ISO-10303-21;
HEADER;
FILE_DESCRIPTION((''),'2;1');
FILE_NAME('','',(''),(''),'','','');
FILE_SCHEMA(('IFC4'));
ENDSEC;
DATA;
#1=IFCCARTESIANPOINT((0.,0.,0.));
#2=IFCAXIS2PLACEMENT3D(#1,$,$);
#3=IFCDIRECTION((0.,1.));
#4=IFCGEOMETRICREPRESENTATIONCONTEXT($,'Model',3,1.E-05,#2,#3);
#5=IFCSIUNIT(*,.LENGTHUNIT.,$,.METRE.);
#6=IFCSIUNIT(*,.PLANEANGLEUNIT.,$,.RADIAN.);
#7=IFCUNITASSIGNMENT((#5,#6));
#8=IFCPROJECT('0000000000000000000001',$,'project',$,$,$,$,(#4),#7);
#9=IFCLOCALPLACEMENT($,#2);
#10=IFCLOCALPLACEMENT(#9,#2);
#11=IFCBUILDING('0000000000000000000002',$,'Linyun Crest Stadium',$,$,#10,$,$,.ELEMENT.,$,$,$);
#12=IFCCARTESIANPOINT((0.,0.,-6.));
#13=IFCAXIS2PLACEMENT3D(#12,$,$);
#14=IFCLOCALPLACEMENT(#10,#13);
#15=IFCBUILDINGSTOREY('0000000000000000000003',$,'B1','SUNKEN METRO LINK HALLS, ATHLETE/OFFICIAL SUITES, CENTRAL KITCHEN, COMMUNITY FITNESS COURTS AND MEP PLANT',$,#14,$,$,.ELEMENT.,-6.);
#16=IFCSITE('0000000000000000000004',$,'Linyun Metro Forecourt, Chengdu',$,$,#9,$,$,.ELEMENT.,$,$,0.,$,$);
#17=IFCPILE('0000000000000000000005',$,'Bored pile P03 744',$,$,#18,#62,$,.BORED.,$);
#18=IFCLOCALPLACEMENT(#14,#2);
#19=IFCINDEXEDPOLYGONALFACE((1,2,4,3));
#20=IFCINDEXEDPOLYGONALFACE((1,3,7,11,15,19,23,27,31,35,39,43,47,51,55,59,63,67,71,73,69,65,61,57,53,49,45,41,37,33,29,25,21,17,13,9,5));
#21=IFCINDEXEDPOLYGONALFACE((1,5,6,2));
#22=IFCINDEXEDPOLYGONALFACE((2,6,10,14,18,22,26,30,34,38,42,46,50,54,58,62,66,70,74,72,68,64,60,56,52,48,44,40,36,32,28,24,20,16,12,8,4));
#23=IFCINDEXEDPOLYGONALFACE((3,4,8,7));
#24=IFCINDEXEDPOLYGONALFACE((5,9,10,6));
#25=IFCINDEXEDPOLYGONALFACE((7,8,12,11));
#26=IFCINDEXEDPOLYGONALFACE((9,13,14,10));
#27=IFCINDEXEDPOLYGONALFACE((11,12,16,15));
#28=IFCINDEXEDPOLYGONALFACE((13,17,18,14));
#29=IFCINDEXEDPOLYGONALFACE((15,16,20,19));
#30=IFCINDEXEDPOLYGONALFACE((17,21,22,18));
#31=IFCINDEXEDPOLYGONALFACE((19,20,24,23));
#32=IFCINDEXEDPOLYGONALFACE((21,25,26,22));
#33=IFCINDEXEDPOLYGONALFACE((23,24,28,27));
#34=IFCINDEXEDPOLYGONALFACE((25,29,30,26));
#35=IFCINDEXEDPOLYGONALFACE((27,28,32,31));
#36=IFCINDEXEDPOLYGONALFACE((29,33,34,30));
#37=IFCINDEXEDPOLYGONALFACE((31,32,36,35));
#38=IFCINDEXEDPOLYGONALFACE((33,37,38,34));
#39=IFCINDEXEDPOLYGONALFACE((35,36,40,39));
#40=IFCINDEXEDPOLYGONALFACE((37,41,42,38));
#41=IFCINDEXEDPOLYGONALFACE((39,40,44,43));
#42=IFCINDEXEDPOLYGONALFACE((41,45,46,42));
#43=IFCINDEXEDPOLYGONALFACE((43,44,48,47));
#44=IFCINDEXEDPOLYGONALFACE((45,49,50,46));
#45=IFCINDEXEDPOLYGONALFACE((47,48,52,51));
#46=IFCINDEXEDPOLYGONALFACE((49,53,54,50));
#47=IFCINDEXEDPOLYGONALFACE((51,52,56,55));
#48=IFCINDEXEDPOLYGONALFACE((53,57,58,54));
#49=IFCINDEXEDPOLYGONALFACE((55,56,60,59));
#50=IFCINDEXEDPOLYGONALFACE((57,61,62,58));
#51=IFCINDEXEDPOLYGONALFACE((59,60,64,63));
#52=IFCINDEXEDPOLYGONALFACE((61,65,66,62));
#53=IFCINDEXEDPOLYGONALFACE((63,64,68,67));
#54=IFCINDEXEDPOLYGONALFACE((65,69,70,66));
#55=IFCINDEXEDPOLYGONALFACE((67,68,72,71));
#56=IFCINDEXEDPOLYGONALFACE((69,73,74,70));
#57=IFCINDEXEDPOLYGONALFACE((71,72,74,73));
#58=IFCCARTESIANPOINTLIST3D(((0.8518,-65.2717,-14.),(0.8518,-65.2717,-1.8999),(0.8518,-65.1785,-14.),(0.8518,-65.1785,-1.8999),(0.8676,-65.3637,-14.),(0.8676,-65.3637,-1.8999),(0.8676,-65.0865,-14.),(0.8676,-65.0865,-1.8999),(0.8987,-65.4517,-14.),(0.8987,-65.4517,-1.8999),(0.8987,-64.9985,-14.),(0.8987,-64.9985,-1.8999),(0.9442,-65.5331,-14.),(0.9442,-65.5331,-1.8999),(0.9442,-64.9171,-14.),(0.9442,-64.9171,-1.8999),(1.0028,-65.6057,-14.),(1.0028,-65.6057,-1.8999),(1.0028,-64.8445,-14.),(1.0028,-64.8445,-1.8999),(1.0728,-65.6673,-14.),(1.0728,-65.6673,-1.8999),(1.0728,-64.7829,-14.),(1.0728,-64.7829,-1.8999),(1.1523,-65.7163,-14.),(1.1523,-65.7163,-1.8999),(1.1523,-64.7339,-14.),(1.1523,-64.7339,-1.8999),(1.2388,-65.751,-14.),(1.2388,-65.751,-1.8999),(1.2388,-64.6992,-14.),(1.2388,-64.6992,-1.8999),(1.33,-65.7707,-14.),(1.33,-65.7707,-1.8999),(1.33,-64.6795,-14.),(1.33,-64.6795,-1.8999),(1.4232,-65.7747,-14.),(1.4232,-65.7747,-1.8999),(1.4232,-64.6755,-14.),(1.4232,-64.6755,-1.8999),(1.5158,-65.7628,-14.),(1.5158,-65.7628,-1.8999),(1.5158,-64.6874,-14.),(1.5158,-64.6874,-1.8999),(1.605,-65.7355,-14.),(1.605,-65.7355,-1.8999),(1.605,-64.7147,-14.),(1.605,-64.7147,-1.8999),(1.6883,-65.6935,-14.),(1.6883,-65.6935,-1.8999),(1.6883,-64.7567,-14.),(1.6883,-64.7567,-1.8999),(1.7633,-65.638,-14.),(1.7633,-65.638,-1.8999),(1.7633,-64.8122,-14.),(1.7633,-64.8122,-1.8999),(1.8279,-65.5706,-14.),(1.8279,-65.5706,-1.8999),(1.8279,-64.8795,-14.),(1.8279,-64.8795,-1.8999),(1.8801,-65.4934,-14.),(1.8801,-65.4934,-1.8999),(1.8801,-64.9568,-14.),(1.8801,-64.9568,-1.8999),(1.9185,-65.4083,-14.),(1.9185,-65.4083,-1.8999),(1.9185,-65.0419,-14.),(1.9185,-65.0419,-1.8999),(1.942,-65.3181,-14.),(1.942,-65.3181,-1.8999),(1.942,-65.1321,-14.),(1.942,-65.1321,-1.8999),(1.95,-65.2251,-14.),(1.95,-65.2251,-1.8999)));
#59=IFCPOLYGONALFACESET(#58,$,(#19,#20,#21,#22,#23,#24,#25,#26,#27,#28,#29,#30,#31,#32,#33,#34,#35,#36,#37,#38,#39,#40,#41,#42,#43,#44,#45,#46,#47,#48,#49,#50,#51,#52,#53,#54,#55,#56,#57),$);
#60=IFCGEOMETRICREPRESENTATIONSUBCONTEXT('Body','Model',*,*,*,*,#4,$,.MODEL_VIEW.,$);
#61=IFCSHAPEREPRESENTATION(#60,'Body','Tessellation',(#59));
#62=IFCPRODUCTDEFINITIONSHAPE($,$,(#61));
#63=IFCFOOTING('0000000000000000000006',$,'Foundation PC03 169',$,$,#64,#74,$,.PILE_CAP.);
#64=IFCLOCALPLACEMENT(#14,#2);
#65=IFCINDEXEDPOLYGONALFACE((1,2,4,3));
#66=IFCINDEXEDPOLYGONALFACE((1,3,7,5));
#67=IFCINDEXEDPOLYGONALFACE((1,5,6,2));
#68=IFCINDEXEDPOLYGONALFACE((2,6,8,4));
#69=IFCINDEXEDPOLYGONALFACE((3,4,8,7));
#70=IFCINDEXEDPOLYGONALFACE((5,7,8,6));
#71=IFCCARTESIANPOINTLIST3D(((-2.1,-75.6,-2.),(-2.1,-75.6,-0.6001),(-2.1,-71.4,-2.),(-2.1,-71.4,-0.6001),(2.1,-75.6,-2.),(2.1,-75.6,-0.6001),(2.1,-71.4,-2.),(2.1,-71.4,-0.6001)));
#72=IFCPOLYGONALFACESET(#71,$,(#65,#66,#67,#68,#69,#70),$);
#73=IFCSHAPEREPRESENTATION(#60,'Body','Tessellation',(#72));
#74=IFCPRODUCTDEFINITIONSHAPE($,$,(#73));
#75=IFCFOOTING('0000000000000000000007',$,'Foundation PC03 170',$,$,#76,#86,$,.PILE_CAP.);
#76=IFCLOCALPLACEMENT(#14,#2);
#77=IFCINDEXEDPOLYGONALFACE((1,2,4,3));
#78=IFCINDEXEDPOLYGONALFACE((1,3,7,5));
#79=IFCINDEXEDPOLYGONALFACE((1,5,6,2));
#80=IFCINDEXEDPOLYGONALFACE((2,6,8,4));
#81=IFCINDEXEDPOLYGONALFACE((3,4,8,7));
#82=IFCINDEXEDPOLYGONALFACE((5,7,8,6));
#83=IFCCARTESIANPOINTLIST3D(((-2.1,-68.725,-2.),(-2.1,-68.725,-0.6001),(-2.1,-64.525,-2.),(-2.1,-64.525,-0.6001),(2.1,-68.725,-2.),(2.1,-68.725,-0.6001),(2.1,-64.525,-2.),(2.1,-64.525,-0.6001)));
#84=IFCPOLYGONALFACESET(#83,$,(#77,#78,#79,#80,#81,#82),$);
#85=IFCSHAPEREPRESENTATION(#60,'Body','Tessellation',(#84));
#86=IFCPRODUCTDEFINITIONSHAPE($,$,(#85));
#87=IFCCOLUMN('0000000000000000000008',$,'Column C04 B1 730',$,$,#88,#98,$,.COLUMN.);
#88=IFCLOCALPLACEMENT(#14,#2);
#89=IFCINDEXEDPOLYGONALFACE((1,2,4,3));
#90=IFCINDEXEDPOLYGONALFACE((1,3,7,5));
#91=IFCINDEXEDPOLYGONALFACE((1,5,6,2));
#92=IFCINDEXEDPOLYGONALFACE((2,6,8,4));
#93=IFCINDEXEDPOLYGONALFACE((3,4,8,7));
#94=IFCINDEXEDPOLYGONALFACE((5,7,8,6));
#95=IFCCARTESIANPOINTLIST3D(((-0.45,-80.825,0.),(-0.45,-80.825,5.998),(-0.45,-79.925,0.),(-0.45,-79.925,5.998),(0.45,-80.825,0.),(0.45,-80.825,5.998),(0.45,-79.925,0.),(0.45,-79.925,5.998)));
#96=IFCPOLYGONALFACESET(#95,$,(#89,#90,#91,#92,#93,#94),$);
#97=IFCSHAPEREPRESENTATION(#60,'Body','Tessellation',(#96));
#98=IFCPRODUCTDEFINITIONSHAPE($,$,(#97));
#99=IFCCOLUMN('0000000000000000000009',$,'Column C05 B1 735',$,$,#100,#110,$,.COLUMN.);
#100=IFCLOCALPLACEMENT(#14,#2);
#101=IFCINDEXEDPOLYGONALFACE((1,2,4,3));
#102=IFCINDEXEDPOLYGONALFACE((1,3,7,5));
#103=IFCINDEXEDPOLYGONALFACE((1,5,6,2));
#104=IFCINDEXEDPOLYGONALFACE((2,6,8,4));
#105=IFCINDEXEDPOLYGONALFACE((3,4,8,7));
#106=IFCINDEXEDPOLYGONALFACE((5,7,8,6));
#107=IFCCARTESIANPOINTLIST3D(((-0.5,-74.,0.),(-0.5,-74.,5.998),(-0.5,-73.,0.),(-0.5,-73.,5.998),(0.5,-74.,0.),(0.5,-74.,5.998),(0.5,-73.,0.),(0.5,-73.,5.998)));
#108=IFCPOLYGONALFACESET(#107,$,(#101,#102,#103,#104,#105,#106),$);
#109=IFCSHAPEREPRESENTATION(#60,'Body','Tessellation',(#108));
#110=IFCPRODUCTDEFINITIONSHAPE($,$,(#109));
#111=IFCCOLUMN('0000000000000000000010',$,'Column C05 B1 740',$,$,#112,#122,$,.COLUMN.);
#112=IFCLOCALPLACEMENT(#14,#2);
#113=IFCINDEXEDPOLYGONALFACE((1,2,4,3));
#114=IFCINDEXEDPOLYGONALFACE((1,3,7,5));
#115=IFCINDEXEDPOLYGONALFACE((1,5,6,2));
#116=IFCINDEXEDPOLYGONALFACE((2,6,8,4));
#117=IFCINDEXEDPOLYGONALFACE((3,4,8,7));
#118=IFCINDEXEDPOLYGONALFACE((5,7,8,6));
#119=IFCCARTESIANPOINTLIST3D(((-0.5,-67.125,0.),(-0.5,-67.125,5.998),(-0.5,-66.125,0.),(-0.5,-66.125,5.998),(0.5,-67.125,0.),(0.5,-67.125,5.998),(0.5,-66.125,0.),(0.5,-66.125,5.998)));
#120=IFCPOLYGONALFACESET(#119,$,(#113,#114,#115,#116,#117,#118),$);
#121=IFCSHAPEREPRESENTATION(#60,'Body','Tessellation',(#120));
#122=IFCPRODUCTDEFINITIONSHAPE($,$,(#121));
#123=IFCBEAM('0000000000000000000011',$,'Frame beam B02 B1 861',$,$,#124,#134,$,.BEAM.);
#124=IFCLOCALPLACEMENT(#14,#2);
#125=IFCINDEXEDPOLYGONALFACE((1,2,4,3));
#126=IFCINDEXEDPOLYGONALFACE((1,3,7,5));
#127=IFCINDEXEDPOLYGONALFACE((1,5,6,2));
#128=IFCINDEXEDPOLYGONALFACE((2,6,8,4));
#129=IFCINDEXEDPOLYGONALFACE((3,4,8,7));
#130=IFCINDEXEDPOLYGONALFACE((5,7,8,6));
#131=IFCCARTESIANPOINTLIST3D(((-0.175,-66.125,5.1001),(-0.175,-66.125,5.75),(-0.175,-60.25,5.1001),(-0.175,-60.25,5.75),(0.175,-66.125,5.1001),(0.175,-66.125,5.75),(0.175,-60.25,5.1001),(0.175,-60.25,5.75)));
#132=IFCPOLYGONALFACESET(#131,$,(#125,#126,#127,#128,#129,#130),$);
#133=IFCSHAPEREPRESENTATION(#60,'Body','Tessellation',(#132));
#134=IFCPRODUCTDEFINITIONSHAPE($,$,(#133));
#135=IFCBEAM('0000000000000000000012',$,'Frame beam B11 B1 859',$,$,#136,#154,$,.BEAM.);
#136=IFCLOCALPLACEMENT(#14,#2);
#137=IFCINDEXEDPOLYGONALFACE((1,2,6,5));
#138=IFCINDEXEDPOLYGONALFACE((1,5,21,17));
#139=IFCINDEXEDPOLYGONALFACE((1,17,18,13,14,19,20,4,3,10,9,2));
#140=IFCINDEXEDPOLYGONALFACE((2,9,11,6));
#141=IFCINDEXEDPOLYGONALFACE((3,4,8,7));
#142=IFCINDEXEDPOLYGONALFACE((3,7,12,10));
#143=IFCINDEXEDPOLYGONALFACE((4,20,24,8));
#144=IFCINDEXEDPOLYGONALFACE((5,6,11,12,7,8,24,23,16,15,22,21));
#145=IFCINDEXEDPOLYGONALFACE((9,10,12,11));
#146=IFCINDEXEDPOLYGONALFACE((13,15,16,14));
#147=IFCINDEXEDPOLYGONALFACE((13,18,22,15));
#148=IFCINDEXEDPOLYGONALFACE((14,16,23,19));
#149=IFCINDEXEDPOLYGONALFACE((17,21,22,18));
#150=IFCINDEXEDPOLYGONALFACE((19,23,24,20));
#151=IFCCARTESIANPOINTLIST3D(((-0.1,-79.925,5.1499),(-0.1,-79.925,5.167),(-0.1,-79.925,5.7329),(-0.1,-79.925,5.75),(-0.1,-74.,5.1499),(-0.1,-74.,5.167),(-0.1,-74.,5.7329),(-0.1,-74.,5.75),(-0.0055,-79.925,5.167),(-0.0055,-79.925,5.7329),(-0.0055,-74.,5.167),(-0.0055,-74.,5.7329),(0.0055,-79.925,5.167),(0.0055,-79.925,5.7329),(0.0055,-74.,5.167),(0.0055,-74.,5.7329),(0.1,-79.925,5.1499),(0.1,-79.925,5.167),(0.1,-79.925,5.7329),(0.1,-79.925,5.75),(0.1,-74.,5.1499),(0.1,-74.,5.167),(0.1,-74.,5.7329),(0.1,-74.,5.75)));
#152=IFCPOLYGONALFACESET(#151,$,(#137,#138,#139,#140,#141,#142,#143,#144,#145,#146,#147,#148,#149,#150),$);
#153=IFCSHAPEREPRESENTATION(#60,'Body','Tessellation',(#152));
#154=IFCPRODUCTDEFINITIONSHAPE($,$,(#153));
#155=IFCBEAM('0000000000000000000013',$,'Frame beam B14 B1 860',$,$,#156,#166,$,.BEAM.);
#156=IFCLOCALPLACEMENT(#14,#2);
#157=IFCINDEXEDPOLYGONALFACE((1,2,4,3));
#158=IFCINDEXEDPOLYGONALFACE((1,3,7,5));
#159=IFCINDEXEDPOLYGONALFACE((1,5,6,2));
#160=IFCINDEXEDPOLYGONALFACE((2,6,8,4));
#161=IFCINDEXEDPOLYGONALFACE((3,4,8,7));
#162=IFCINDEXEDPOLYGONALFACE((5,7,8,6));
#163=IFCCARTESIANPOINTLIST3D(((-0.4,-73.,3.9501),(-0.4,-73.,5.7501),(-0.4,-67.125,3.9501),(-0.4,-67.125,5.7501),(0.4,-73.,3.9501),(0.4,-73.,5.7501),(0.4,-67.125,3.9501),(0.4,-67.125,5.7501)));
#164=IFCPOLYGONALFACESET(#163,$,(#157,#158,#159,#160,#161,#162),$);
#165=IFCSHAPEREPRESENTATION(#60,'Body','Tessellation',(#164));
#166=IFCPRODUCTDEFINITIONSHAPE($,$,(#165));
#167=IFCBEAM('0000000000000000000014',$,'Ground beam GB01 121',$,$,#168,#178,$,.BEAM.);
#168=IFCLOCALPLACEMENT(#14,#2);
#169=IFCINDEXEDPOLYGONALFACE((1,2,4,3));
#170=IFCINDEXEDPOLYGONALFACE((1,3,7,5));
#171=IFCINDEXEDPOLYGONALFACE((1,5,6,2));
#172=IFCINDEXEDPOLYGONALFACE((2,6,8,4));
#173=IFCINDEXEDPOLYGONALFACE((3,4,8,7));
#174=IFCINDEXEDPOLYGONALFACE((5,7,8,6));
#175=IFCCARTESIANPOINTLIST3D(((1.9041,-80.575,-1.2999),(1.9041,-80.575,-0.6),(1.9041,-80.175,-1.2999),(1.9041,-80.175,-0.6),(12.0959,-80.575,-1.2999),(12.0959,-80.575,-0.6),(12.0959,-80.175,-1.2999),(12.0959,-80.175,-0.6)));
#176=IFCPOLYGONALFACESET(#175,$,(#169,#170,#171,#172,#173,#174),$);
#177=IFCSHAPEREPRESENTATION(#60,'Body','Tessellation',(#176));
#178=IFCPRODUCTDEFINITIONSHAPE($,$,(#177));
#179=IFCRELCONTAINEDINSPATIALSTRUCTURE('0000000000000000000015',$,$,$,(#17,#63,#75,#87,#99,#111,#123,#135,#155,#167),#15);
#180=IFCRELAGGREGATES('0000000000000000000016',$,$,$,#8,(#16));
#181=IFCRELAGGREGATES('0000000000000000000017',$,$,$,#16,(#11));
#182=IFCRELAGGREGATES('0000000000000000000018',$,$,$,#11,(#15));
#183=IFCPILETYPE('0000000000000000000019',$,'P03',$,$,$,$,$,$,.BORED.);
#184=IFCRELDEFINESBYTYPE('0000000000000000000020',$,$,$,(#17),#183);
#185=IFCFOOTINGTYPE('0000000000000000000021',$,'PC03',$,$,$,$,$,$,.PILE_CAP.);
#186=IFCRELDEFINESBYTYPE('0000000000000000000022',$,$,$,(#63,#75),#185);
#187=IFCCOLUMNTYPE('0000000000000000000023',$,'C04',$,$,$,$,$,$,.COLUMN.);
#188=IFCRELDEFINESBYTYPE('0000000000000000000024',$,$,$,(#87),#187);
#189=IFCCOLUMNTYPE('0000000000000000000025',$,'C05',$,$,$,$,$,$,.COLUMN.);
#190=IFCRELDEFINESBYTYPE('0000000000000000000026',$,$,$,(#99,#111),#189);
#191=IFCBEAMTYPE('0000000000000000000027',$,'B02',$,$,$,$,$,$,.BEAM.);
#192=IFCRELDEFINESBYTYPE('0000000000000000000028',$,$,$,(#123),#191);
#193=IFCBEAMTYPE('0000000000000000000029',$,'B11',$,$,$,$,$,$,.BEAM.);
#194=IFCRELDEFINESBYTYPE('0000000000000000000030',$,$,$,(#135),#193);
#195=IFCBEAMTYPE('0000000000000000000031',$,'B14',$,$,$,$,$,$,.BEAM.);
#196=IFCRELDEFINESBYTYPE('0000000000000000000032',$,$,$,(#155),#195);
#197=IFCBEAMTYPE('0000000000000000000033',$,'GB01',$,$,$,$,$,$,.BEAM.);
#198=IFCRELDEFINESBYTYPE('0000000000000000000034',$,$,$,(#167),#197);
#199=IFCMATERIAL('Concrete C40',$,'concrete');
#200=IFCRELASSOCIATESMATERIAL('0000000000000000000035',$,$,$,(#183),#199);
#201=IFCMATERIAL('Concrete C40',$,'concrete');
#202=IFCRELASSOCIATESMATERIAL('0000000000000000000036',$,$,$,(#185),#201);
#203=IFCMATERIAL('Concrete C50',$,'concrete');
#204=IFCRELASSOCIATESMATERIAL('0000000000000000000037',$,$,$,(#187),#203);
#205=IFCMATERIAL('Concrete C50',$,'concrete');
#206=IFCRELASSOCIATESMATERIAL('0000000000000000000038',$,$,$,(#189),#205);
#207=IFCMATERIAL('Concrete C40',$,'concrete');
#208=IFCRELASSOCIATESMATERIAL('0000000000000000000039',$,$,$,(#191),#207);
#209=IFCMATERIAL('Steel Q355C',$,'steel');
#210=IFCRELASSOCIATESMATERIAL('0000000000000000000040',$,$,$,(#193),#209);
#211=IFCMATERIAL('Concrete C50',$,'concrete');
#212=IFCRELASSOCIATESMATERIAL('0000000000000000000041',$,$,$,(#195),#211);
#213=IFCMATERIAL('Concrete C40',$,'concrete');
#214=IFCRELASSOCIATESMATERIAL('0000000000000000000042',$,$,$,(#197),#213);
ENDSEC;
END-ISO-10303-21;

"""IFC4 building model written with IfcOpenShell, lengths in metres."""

from ifc_helpers import new_model, si_unit, direction, frame, origin, origin_2d, place, context, subcontext, project, spatial, rectangle, circle, i_section, extrude, material, material_profile, profile_set, type_object, element, save


model = new_model("IFC4")

# Units and contexts
model_context = context("Model", 3, precision=1e-05, world=origin(), true_north=direction((0.0, 1.0)))
body_context = subcontext(model_context, "Body", "Model", "MODEL_VIEW")
ifc_project = project(units=[si_unit("LENGTHUNIT", "METRE"), si_unit("PLANEANGLEUNIT", "RADIAN")], contexts=[model_context])

# Site, building, storey
site_placement = place(None, origin())
site = spatial("IfcSite", under=ifc_project, at=site_placement, Name="Linyun Metro Forecourt, Chengdu", CompositionType="ELEMENT", RefElevation=0.0)
building_placement = place(site_placement, origin())
building = spatial("IfcBuilding", under=site, at=building_placement, Name="Linyun Crest Stadium", CompositionType="ELEMENT")
storey_placement = place(building_placement, frame((0.0, 0.0, -6.0)))
storey = spatial("IfcBuildingStorey", under=building, at=storey_placement, Name="B1", Description="SUNKEN METRO LINK HALLS, ATHLETE/OFFICIAL SUITES, CENTRAL KITCHEN, COMMUNITY FITNESS COURTS AND MEP PLANT", CompositionType="ELEMENT", Elevation=-6.0)

# Pile
ifc_material_1 = material(Name="Concrete C40", Category="concrete")
ifc_material_profile_1 = material_profile(ifc_material_1, circle(Radius=0.55, at=origin_2d()), Name="BORED PILE 1100")
ifc_profile_set_1 = profile_set([ifc_material_profile_1], Name="Concrete C40")
pile_type_1 = type_object("IfcPileType", Name="P03", PredefinedType="BORED", material=ifc_profile_set_1)
for number, where, z_axis, x_axis, name in (
    (1, (1.3999, -65.2251, -1.8999), (0.0, 0.0, -1.0), (1.0, 0.0, 0.0), "Bored pile P03 744"),
):
    element("IfcPile", number, at=place(storey_placement, frame(where, z_axis=z_axis, x_axis=x_axis)), inside=storey, type_object=pile_type_1, Name=name, PredefinedType="BORED", context=body_context, shape_type="SweptSolid", body=[
        extrude(circle(Radius=0.55, at=origin_2d()), origin(), (0.0, 0.0, 1.0), 12.1001),
    ])

# Footings
ifc_material_2 = material(Name="Concrete C40", Category="concrete")
footing_type = type_object("IfcFootingType", Name="PC03", PredefinedType="PILE_CAP", material=ifc_material_2)
for number, where, z_axis, x_axis, name in (
    (2, (0.0, -73.5, -2.0), (0.0, 0.0, 1.0), (1.0, 0.0, 0.0), "Foundation PC03 169"),
    (3, (0.0, -66.625, -2.0), (0.0, 0.0, 1.0), (1.0, 0.0, 0.0), "Foundation PC03 170"),
):
    element("IfcFooting", number, at=place(storey_placement, frame(where, z_axis=z_axis, x_axis=x_axis)), inside=storey, type_object=footing_type, Name=name, PredefinedType="PILE_CAP", context=body_context, shape_type="SweptSolid", body=[
        extrude(rectangle(XDim=4.2, YDim=4.2, at=origin_2d()), origin(), (0.0, 0.0, 1.0), 1.3999),
    ])

# Columns
ifc_material_3 = material(Name="Concrete C50", Category="concrete")
ifc_material_profile_2 = material_profile(ifc_material_3, rectangle(XDim=0.8999, YDim=0.8999, at=origin_2d()), Name="RC 900x900")
ifc_profile_set_2 = profile_set([ifc_material_profile_2], Name="Concrete C50")
column_type_1 = type_object("IfcColumnType", Name="C04", PredefinedType="COLUMN", material=ifc_profile_set_2)
column_placement = place(storey_placement, frame((0.0, -80.375, 0.0), z_axis=(0.0, 0.0, 1.0), x_axis=(1.0, 0.0, 0.0)))
element("IfcColumn", 4, at=column_placement, inside=storey, type_object=column_type_1, Name="Column C04 B1 730", PredefinedType="COLUMN", context=body_context, shape_type="SweptSolid", body=[
    extrude(rectangle(XDim=0.8999, YDim=0.8999, at=origin_2d()), origin(), (0.0, 0.0, 1.0), 5.998),
])
ifc_material_4 = material(Name="Concrete C50", Category="concrete")
ifc_material_profile_3 = material_profile(ifc_material_4, rectangle(XDim=1.0, YDim=1.0, at=origin_2d()), Name="RC 1000x1000")
ifc_profile_set_3 = profile_set([ifc_material_profile_3], Name="Concrete C50")
column_type_2 = type_object("IfcColumnType", Name="C05", PredefinedType="COLUMN", material=ifc_profile_set_3)
for number, where, z_axis, x_axis, name in (
    (5, (0.0, -73.5, 0.0), (0.0, 0.0, 1.0), (1.0, 0.0, 0.0), "Column C05 B1 735"),
    (6, (0.0, -66.625, 0.0), (0.0, 0.0, 1.0), (1.0, 0.0, 0.0), "Column C05 B1 740"),
):
    element("IfcColumn", number, at=place(storey_placement, frame(where, z_axis=z_axis, x_axis=x_axis)), inside=storey, type_object=column_type_2, Name=name, PredefinedType="COLUMN", context=body_context, shape_type="SweptSolid", body=[
        extrude(rectangle(XDim=1.0, YDim=1.0, at=origin_2d()), origin(), (0.0, 0.0, 1.0), 5.998),
    ])

# Beams
ifc_material_5 = material(Name="Concrete C40", Category="concrete")
ifc_material_profile_4 = material_profile(ifc_material_5, rectangle(XDim=0.3501, YDim=0.6499, at=origin_2d()), Name="RCB 650x350")
ifc_profile_set_4 = profile_set([ifc_material_profile_4], Name="Concrete C40")
beam_type_1 = type_object("IfcBeamType", Name="B02", PredefinedType="BEAM", material=ifc_profile_set_4)
beam_1_placement = place(storey_placement, frame((0.0, -66.125, 5.425), z_axis=(0.0, 1.0, 0.0), x_axis=(-1.0, 0.0, 0.0)))
element("IfcBeam", 7, at=beam_1_placement, inside=storey, type_object=beam_type_1, Name="Frame beam B02 B1 861", PredefinedType="BEAM", context=body_context, shape_type="SweptSolid", body=[
    extrude(rectangle(XDim=0.3501, YDim=0.6499, at=origin_2d()), origin(), (0.0, 0.0, 1.0), 5.875),
])
ifc_material_6 = material(Name="Steel Q355C", Category="steel")
ifc_material_profile_5 = material_profile(ifc_material_6, i_section(OverallWidth=0.2, OverallDepth=0.6001, WebThickness=0.011, FlangeThickness=0.0171, at=origin_2d()), Name="HN 600x200")
ifc_profile_set_5 = profile_set([ifc_material_profile_5], Name="Steel Q355C")
beam_type_2 = type_object("IfcBeamType", Name="B11", PredefinedType="BEAM", material=ifc_profile_set_5)
beam_2_placement = place(storey_placement, frame((0.0, -79.925, 5.45), z_axis=(0.0, 1.0, 0.0), x_axis=(-1.0, 0.0, 0.0)))
element("IfcBeam", 8, at=beam_2_placement, inside=storey, type_object=beam_type_2, Name="Frame beam B11 B1 859", PredefinedType="BEAM", context=body_context, shape_type="SweptSolid", body=[
    extrude(i_section(OverallWidth=0.2, OverallDepth=0.6001, WebThickness=0.011, FlangeThickness=0.0171, at=origin_2d()), origin(), (0.0, 0.0, 1.0), 5.925),
])
ifc_material_7 = material(Name="Concrete C50", Category="concrete")
ifc_material_profile_6 = material_profile(ifc_material_7, rectangle(XDim=0.8, YDim=1.8, at=origin_2d()), Name="RCB 1800x800")
ifc_profile_set_6 = profile_set([ifc_material_profile_6], Name="Concrete C50")
beam_type_3 = type_object("IfcBeamType", Name="B14", PredefinedType="BEAM", material=ifc_profile_set_6)
beam_3_placement = place(storey_placement, frame((0.0, -73.0, 4.8501), z_axis=(0.0, 1.0, 0.0), x_axis=(-1.0, 0.0, 0.0)))
element("IfcBeam", 9, at=beam_3_placement, inside=storey, type_object=beam_type_3, Name="Frame beam B14 B1 860", PredefinedType="BEAM", context=body_context, shape_type="SweptSolid", body=[
    extrude(rectangle(XDim=0.8, YDim=1.8, at=origin_2d()), origin(), (0.0, 0.0, 1.0), 5.875),
])
ifc_material_8 = material(Name="Concrete C40", Category="concrete")
ifc_material_profile_7 = material_profile(ifc_material_8, rectangle(XDim=0.3999, YDim=0.7, at=origin_2d()), Name="RCB 700x400")
ifc_profile_set_7 = profile_set([ifc_material_profile_7], Name="Concrete C40")
beam_type_4 = type_object("IfcBeamType", Name="GB01", PredefinedType="BEAM", material=ifc_profile_set_7)
beam_4_placement = place(storey_placement, frame((1.9041, -80.375, -0.95), z_axis=(1.0, 0.0, 0.0), x_axis=(0.0, 1.0, 0.0)))
element("IfcBeam", 10, at=beam_4_placement, inside=storey, type_object=beam_type_4, Name="Ground beam GB01 121", PredefinedType="BEAM", context=body_context, shape_type="SweptSolid", body=[
    extrude(rectangle(XDim=0.3999, YDim=0.7, at=origin_2d()), origin(), (0.0, 0.0, 1.0), 10.1919),
])

save(model, "model.ifc")
